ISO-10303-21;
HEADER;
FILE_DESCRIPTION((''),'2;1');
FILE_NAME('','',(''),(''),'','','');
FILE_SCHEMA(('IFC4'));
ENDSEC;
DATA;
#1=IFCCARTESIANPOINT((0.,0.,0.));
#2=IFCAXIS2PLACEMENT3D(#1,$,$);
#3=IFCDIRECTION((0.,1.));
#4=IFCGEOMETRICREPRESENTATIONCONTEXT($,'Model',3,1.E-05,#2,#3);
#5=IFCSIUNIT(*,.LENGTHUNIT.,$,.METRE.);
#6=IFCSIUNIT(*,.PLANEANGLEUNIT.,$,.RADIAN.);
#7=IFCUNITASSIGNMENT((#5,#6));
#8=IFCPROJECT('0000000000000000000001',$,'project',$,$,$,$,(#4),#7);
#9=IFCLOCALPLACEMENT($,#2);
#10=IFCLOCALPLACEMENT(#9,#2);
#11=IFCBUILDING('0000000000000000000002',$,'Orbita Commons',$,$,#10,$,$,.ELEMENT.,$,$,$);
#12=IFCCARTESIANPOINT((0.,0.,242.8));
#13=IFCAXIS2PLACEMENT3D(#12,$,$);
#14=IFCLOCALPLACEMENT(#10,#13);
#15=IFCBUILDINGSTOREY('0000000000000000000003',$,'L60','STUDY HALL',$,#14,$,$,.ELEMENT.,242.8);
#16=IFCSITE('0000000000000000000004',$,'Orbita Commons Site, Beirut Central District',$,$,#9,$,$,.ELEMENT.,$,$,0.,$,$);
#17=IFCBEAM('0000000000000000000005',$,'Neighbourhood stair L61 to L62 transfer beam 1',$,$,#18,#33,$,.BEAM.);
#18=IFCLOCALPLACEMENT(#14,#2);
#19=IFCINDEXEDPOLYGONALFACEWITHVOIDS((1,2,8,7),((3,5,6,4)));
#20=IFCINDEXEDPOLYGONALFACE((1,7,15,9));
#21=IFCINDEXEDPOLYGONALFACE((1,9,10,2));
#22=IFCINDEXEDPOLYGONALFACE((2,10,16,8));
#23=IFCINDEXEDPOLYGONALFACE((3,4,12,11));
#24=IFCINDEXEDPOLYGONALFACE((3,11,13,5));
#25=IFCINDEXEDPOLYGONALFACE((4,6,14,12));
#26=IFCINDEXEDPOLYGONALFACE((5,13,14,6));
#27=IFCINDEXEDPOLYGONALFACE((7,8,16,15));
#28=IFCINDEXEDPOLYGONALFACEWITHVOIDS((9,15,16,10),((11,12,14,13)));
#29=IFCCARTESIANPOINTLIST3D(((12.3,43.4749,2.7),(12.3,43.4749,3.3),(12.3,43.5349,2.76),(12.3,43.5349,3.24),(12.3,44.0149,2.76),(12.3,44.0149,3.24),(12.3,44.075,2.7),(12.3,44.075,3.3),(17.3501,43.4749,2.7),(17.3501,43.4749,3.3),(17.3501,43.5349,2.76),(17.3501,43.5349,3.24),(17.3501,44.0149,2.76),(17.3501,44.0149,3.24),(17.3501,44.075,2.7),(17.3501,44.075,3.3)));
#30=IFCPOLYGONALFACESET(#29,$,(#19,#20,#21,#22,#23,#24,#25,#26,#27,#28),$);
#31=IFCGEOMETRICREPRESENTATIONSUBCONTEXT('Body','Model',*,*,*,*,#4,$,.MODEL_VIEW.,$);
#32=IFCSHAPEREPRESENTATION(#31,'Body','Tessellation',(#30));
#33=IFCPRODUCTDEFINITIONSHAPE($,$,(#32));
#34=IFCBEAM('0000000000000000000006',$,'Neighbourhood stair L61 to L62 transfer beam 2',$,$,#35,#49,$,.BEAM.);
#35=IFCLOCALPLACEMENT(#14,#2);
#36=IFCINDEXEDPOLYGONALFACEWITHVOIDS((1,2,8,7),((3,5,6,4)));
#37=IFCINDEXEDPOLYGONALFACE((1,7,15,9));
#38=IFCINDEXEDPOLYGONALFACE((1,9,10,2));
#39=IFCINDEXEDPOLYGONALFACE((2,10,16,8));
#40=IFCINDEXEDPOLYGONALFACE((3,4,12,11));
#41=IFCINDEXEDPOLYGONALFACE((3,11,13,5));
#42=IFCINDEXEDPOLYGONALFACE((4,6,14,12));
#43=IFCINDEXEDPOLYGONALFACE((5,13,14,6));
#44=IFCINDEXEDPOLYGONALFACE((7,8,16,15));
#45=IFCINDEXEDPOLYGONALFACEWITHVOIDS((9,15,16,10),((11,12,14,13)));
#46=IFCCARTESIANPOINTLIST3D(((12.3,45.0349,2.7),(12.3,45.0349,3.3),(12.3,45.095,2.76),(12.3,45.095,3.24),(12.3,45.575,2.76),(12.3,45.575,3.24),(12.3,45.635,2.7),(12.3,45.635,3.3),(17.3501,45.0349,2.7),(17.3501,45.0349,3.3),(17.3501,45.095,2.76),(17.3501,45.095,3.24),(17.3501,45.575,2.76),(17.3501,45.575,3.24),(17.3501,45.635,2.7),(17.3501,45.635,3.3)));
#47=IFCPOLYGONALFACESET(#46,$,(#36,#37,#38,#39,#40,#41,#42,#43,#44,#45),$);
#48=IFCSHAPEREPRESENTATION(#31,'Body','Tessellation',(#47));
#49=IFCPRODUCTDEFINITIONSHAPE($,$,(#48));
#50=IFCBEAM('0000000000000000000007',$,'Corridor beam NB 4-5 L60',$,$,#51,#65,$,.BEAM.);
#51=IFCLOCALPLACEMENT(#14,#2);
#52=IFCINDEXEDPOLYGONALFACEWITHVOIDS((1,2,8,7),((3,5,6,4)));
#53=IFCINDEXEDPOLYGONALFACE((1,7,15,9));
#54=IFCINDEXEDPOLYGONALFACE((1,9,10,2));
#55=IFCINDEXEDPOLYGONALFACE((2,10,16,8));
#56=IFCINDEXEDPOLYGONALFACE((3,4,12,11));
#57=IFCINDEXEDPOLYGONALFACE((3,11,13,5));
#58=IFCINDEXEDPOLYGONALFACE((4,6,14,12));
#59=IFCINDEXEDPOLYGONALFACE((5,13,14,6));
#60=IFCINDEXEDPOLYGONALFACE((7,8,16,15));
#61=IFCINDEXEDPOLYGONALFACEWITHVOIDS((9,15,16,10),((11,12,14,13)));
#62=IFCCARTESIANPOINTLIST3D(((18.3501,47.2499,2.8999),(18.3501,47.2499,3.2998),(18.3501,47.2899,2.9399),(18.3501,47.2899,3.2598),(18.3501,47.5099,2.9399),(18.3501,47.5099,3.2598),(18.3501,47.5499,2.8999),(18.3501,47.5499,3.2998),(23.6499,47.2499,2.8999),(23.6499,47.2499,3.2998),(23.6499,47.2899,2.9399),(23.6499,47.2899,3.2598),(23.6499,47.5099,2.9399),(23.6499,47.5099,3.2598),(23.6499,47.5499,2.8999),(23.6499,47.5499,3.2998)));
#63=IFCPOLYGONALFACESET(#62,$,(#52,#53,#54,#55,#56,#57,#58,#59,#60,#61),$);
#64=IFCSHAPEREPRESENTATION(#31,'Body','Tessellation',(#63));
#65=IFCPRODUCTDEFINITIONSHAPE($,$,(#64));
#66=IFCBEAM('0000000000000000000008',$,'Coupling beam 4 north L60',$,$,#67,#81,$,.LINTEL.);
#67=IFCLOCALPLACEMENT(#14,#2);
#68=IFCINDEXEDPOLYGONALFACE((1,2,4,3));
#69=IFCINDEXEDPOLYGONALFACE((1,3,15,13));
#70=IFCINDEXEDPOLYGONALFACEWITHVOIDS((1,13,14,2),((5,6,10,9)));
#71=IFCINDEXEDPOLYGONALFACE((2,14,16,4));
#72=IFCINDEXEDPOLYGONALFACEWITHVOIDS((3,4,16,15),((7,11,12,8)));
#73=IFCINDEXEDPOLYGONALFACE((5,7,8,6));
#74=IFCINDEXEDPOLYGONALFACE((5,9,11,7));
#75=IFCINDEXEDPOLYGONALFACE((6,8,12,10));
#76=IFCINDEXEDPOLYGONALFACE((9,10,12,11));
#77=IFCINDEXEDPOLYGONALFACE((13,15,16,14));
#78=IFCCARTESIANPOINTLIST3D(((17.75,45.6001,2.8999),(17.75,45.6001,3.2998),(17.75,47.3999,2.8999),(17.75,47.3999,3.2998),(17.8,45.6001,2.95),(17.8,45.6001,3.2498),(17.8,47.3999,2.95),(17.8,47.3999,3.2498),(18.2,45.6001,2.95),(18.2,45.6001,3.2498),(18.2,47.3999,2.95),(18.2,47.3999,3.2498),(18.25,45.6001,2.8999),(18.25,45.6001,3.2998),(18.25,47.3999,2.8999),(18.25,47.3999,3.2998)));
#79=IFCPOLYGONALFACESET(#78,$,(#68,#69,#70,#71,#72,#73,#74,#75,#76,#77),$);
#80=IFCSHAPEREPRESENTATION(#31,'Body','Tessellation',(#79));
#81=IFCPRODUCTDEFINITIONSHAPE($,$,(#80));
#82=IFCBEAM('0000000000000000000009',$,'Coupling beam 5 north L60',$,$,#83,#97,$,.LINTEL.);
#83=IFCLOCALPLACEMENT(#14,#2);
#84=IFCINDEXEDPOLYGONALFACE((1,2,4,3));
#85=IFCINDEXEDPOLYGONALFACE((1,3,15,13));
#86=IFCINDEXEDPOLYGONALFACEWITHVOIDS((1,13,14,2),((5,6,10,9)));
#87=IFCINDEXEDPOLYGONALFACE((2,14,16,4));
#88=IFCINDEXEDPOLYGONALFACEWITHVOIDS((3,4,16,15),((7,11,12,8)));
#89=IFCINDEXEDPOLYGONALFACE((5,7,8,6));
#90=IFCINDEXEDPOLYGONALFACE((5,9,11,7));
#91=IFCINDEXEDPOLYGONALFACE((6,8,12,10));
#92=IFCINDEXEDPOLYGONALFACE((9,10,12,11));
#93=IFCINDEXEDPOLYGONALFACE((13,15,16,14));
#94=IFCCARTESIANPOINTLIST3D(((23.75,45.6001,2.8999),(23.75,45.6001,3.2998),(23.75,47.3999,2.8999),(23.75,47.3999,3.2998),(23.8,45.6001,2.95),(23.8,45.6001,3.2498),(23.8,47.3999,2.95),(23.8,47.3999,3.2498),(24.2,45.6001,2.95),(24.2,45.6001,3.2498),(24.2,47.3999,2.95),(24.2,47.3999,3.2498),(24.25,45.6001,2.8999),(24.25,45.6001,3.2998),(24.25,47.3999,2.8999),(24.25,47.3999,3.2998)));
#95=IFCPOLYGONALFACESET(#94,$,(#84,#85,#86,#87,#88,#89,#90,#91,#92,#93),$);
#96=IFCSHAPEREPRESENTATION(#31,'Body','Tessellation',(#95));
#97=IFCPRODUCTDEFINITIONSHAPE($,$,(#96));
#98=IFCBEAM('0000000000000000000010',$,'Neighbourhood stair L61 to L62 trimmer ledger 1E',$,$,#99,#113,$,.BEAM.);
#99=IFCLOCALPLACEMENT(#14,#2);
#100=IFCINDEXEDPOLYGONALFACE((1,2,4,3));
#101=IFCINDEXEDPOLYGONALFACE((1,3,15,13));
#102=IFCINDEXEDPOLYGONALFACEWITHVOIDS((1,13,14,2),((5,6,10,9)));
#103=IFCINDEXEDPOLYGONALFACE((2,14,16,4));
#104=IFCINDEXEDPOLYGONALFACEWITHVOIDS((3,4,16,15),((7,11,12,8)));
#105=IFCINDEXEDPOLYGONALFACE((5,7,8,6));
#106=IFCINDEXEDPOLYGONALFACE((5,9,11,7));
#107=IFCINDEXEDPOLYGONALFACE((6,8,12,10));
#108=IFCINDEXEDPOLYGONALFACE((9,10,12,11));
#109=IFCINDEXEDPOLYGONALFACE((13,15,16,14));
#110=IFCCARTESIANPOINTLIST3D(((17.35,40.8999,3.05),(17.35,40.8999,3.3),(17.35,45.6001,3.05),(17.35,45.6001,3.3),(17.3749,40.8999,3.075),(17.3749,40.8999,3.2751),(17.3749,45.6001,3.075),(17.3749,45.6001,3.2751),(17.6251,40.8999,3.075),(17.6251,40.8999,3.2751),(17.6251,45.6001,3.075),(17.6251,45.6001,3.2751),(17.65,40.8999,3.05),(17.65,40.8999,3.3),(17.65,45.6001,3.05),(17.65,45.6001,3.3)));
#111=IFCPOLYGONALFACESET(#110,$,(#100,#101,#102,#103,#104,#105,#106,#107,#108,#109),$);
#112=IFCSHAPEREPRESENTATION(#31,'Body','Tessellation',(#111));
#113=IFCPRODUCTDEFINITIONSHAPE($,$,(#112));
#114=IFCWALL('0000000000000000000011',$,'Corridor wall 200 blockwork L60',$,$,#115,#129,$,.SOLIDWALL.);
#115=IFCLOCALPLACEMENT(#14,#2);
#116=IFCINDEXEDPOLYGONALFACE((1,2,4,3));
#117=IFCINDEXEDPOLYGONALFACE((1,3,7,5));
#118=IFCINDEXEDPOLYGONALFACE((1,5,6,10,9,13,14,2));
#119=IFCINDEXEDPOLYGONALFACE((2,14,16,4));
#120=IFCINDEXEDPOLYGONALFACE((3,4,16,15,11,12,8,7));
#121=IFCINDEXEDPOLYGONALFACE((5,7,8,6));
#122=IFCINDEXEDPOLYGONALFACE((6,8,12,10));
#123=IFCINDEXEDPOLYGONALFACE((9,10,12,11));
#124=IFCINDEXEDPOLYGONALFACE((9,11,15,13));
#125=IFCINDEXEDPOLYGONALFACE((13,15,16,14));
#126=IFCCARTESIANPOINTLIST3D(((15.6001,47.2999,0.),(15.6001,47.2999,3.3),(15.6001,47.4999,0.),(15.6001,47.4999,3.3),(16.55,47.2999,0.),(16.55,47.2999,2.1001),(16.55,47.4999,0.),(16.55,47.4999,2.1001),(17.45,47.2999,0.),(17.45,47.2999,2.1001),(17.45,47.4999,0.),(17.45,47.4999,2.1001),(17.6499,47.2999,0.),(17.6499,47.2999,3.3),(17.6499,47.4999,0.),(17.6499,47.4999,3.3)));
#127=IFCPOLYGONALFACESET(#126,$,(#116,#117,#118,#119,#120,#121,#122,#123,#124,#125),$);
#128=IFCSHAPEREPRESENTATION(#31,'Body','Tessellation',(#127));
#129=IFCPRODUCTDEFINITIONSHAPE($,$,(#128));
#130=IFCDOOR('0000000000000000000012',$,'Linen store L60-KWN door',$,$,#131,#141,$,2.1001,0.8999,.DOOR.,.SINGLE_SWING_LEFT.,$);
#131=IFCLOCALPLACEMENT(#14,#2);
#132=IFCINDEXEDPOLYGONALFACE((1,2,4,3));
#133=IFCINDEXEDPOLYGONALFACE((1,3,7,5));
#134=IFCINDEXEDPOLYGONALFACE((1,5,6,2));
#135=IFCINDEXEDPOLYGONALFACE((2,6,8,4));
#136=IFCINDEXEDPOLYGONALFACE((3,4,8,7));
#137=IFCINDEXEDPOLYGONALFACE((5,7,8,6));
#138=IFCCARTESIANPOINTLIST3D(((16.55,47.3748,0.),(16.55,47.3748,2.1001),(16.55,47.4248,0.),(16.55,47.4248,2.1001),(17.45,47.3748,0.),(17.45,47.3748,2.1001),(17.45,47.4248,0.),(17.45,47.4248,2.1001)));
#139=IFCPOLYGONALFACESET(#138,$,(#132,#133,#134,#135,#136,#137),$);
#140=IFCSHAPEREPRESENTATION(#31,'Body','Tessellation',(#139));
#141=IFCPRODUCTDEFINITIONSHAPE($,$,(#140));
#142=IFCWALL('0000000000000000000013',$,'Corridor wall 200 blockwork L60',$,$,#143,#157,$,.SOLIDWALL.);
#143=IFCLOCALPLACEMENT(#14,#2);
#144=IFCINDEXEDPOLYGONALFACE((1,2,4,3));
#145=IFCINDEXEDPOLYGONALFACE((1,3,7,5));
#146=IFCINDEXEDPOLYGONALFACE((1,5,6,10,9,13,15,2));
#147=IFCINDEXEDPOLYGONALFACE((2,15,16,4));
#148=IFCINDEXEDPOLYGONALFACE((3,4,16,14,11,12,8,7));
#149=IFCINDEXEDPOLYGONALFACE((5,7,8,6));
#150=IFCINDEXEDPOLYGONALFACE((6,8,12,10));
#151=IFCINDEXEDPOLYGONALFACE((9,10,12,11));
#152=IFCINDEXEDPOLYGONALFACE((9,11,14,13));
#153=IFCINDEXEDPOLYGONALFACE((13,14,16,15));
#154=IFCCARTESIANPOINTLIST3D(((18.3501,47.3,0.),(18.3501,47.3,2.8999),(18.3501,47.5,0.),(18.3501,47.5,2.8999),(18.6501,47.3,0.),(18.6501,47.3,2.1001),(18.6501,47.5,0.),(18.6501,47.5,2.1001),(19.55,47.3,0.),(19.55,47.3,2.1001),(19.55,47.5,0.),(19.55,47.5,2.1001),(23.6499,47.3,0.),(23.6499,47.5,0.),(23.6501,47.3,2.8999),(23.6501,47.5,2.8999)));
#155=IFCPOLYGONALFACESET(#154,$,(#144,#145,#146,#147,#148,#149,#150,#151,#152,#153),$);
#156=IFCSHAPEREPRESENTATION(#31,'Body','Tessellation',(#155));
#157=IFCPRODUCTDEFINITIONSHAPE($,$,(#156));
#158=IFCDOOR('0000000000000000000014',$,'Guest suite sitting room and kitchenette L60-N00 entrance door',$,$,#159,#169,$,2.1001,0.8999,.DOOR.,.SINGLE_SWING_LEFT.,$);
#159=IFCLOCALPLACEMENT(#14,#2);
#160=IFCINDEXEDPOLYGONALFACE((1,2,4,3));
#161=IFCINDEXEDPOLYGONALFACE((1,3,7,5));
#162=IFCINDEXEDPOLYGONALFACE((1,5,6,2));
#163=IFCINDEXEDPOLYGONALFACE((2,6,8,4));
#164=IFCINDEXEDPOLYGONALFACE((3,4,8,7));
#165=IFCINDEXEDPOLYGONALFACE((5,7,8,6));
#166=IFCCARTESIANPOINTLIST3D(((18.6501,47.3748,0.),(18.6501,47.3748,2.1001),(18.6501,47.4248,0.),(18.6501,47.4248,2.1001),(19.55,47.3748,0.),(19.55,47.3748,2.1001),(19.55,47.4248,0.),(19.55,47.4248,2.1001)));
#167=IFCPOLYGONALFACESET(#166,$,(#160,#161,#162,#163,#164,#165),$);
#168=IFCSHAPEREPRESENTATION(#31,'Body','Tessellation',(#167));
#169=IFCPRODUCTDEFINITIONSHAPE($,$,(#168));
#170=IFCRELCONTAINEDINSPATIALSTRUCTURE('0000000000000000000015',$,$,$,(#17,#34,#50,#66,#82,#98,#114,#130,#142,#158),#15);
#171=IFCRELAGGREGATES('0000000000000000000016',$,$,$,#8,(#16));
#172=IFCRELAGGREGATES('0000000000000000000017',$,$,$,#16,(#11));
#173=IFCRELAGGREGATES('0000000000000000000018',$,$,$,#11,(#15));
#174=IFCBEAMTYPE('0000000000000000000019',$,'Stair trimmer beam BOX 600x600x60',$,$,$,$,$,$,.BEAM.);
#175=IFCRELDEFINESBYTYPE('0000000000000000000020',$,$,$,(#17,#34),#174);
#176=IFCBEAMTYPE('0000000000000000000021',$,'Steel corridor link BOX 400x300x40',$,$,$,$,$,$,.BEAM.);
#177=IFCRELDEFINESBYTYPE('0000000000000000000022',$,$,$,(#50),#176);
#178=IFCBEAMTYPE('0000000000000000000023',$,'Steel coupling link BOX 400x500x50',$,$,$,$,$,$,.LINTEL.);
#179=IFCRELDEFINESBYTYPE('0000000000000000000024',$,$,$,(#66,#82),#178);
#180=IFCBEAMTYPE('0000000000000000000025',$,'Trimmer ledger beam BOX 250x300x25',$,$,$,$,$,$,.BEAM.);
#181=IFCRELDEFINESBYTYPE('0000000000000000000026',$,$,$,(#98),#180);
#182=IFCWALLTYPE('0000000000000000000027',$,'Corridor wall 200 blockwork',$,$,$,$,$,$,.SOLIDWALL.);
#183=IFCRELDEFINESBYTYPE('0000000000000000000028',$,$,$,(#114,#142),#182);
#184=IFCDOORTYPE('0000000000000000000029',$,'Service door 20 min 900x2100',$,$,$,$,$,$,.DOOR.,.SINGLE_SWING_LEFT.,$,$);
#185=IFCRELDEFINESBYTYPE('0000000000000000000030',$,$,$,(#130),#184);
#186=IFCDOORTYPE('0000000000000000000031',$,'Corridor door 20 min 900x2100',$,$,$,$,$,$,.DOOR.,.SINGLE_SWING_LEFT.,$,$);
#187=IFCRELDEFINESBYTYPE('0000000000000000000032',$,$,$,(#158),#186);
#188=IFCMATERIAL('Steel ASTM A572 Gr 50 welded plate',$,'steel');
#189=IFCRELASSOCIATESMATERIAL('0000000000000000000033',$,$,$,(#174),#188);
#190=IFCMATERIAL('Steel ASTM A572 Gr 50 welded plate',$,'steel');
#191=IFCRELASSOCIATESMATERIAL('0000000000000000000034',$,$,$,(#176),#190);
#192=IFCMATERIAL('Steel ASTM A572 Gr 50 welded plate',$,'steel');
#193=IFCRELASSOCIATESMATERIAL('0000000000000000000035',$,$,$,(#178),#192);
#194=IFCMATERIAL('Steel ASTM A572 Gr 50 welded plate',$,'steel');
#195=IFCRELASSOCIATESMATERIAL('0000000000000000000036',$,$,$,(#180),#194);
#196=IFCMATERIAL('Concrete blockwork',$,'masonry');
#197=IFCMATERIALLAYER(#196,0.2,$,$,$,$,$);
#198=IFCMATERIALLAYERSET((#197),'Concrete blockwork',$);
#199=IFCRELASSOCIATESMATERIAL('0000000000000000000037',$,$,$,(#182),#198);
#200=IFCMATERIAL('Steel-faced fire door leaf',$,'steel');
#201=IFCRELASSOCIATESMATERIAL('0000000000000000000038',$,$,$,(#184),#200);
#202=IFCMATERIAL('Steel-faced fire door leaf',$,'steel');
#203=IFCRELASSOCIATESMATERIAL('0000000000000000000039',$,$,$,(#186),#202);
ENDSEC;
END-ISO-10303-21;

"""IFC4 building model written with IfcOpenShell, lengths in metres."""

from ifc_helpers import new_model, si_unit, direction, frame, frame_2d, origin, origin_2d, place, context, subcontext, project, spatial, polyline, rectangle, hollow_rectangle, outline, extrude, material, layer, layer_set, material_profile, profile_set, type_object, element, fill, save


model = new_model("IFC4")

# Units and contexts
model_context = context("Model", 3, precision=1e-05, world=origin(), true_north=direction((0.0, 1.0)))
body_context = subcontext(model_context, "Body", "Model", "MODEL_VIEW")
ifc_project = project(units=[si_unit("LENGTHUNIT", "METRE"), si_unit("PLANEANGLEUNIT", "RADIAN")], contexts=[model_context])

# Site, building, storey
site_placement = place(None, origin())
site = spatial("IfcSite", under=ifc_project, at=site_placement, Name="Orbita Commons Site, Beirut Central District", CompositionType="ELEMENT", RefElevation=0.0)
building_placement = place(site_placement, origin())
building = spatial("IfcBuilding", under=site, at=building_placement, Name="Orbita Commons", CompositionType="ELEMENT")
storey_placement = place(building_placement, frame((0.0, 0.0, 242.8)))
storey = spatial("IfcBuildingStorey", under=building, at=storey_placement, Name="L60", Description="STUDY HALL", CompositionType="ELEMENT", Elevation=242.8)

# Beams
ifc_material_1 = material(Name="Steel ASTM A572 Gr 50 welded plate", Category="steel")
ifc_material_profile_1 = material_profile(ifc_material_1, hollow_rectangle(XDim=0.6001, YDim=0.6001, WallThickness=0.0601, at=origin_2d()), Name="BOX 600x600x60")
ifc_profile_set_1 = profile_set([ifc_material_profile_1], Name="Steel ASTM A572 Gr 50 welded plate")
beam_type_1 = type_object("IfcBeamType", Name="Stair trimmer beam BOX 600x600x60", PredefinedType="BEAM", material=ifc_profile_set_1)
for number, where, z_axis, x_axis, name in (
    (1, (12.3, 43.7749, 3.0), (1.0, 0.0, 0.0), (0.0, 1.0, 0.0), "Neighbourhood stair L61 to L62 transfer beam 1"),
    (2, (12.3, 45.335, 3.0), (1.0, 0.0, 0.0), (0.0, 1.0, 0.0), "Neighbourhood stair L61 to L62 transfer beam 2"),
):
    element("IfcBeam", number, at=place(storey_placement, frame(where, z_axis=z_axis, x_axis=x_axis)), inside=storey, type_object=beam_type_1, Name=name, PredefinedType="BEAM", context=body_context, shape_type="SweptSolid", body=[
        extrude(hollow_rectangle(XDim=0.6001, YDim=0.6001, WallThickness=0.0601, at=origin_2d()), origin(), (0.0, 0.0, 1.0), 5.05),
    ])
ifc_material_2 = material(Name="Steel ASTM A572 Gr 50 welded plate", Category="steel")
ifc_material_profile_2 = material_profile(ifc_material_2, hollow_rectangle(XDim=0.3, YDim=0.3999, WallThickness=0.04, at=origin_2d()), Name="BOX 400x300x40")
ifc_profile_set_2 = profile_set([ifc_material_profile_2], Name="Steel ASTM A572 Gr 50 welded plate")
beam_type_2 = type_object("IfcBeamType", Name="Steel corridor link BOX 400x300x40", PredefinedType="BEAM", material=ifc_profile_set_2)
beam_1_placement = place(storey_placement, frame((18.3501, 47.3999, 3.0999), z_axis=(1.0, 0.0, 0.0), x_axis=(0.0, 1.0, 0.0)))
element("IfcBeam", 3, at=beam_1_placement, inside=storey, type_object=beam_type_2, Name="Corridor beam NB 4-5 L60", PredefinedType="BEAM", context=body_context, shape_type="SweptSolid", body=[
    extrude(hollow_rectangle(XDim=0.3, YDim=0.3999, WallThickness=0.04, at=origin_2d()), origin(), (0.0, 0.0, 1.0), 5.2998),
])
ifc_material_3 = material(Name="Steel ASTM A572 Gr 50 welded plate", Category="steel")
ifc_material_profile_3 = material_profile(ifc_material_3, hollow_rectangle(XDim=0.5, YDim=0.3999, WallThickness=0.05, at=origin_2d()), Name="BOX 400x500x50")
ifc_profile_set_3 = profile_set([ifc_material_profile_3], Name="Steel ASTM A572 Gr 50 welded plate")
beam_type_3 = type_object("IfcBeamType", Name="Steel coupling link BOX 400x500x50", PredefinedType="LINTEL", material=ifc_profile_set_3)
for number, where, z_axis, x_axis, name in (
    (4, (18.0, 45.6001, 3.0999), (0.0, 1.0, 0.0), (-1.0, 0.0, 0.0), "Coupling beam 4 north L60"),
    (5, (24.0, 45.6001, 3.0999), (0.0, 1.0, 0.0), (-1.0, 0.0, 0.0), "Coupling beam 5 north L60"),
):
    element("IfcBeam", number, at=place(storey_placement, frame(where, z_axis=z_axis, x_axis=x_axis)), inside=storey, type_object=beam_type_3, Name=name, PredefinedType="LINTEL", context=body_context, shape_type="SweptSolid", body=[
        extrude(hollow_rectangle(XDim=0.5, YDim=0.3999, WallThickness=0.05, at=origin_2d()), origin(), (0.0, 0.0, 1.0), 1.7998),
    ])
ifc_material_4 = material(Name="Steel ASTM A572 Gr 50 welded plate", Category="steel")
ifc_material_profile_4 = material_profile(ifc_material_4, hollow_rectangle(XDim=0.3, YDim=0.25, WallThickness=0.0249, at=origin_2d()), Name="BOX 250x300x25")
ifc_profile_set_4 = profile_set([ifc_material_profile_4], Name="Steel ASTM A572 Gr 50 welded plate")
beam_type_4 = type_object("IfcBeamType", Name="Trimmer ledger beam BOX 250x300x25", PredefinedType="BEAM", material=ifc_profile_set_4)
beam_2_placement = place(storey_placement, frame((17.5, 40.8999, 3.175), z_axis=(0.0, 1.0, 0.0), x_axis=(-1.0, 0.0, 0.0)))
element("IfcBeam", 6, at=beam_2_placement, inside=storey, type_object=beam_type_4, Name="Neighbourhood stair L61 to L62 trimmer ledger 1E", PredefinedType="BEAM", context=body_context, shape_type="SweptSolid", body=[
    extrude(hollow_rectangle(XDim=0.3, YDim=0.25, WallThickness=0.0249, at=origin_2d()), origin(), (0.0, 0.0, 1.0), 4.7002),
])

# Walls, openings, doors
ifc_material_5 = material(Name="Concrete blockwork", Category="masonry")
ifc_layer_1 = layer(ifc_material_5, 0.2)
ifc_layer_set_1 = layer_set([ifc_layer_1], Name="Concrete blockwork")
wall_type_1 = type_object("IfcWallType", Name="Corridor wall 200 blockwork", PredefinedType="SOLIDWALL", material=ifc_layer_set_1)
wall_1_placement = place(storey_placement, frame((15.6001, 47.3999, 0.0), z_axis=(0.0, 0.0, 1.0), x_axis=(1.0, 0.0, 0.0)))
wall_1 = element("IfcWall", 7, at=wall_1_placement, inside=storey, type_object=wall_type_1, Name="Corridor wall 200 blockwork L60", PredefinedType="SOLIDWALL", context=body_context, shape_type="SweptSolid", body=[
    extrude(rectangle(XDim=2.0498, YDim=0.2, at=frame_2d((1.0249, 0.0))), origin(), (0.0, 0.0, 1.0), 3.3),
])
opening_1_placement = place(wall_1_placement, frame((0.95, 0.0, 0.0)))
opening_1 = element("IfcOpeningElement", 8, at=opening_1_placement, cuts=wall_1, PredefinedType="OPENING", context=body_context, shape_type="SweptSolid", body=[
    extrude(rectangle(XDim=0.8999, YDim=2.1001, at=frame_2d((0.45, 1.05))), frame((0.0, 0.1099, 0.0), z_axis=(0.0, -1.0, 0.0), x_axis=(1.0, 0.0, 0.0)), (0.0, 0.0, 1.0), 0.22),
])
ifc_material_6 = material(Name="Steel-faced fire door leaf", Category="steel")
door_type_1 = type_object("IfcDoorType", Name="Service door 20 min 900x2100", OperationType="SINGLE_SWING_LEFT", PredefinedType="DOOR", material=ifc_material_6)
door_1_placement = place(opening_1_placement, origin())
door_1 = element("IfcDoor", 9, at=door_1_placement, inside=storey, type_object=door_type_1, Name="Linen store L60-KWN door", OperationType="SINGLE_SWING_LEFT", OverallHeight=2.1001, OverallWidth=0.8999, PredefinedType="DOOR", context=body_context, shape_type="SweptSolid", body=[
    extrude(rectangle(XDim=0.8999, YDim=2.1001, at=frame_2d((0.45, 1.05))), frame((0.0, 0.0249, 0.0), z_axis=(0.0, -1.0, 0.0), x_axis=(1.0, 0.0, 0.0)), (0.0, 0.0, 1.0), 0.05),
])
fill(opening_1, door_1)
wall_2_placement = place(storey_placement, frame((18.3501, 47.3999, 0.0), z_axis=(0.0, 0.0, 1.0), x_axis=(1.0, 0.0, 0.0)))
wall_2 = element("IfcWall", 10, at=wall_2_placement, inside=storey, type_object=wall_type_1, Name="Corridor wall 200 blockwork L60", PredefinedType="SOLIDWALL", context=body_context, shape_type="SweptSolid", body=[
    extrude(outline(polyline([(0.0, 0.0), (5.2998, 0.0), (5.3, 2.8999), (0.0, 2.8999), (0.0, 0.0)])), frame((0.0, 0.1001, 0.0), z_axis=(0.0, -1.0, 0.0), x_axis=(1.0, 0.0, 0.0)), (0.0, 0.0, 1.0), 0.2),
])
opening_2_placement = place(wall_2_placement, frame((0.3, 0.0, 0.0)))
opening_2 = element("IfcOpeningElement", 11, at=opening_2_placement, cuts=wall_2, PredefinedType="OPENING", context=body_context, shape_type="SweptSolid", body=[
    extrude(rectangle(XDim=0.8999, YDim=2.1001, at=frame_2d((0.45, 1.05))), frame((0.0, 0.1099, 0.0), z_axis=(0.0, -1.0, 0.0), x_axis=(1.0, 0.0, 0.0)), (0.0, 0.0, 1.0), 0.22),
])
ifc_material_7 = material(Name="Steel-faced fire door leaf", Category="steel")
door_type_2 = type_object("IfcDoorType", Name="Corridor door 20 min 900x2100", OperationType="SINGLE_SWING_LEFT", PredefinedType="DOOR", material=ifc_material_7)
door_2_placement = place(opening_2_placement, origin())
door_2 = element("IfcDoor", 12, at=door_2_placement, inside=storey, type_object=door_type_2, Name="Guest suite sitting room and kitchenette L60-N00 entrance door", OperationType="SINGLE_SWING_LEFT", OverallHeight=2.1001, OverallWidth=0.8999, PredefinedType="DOOR", context=body_context, shape_type="SweptSolid", body=[
    extrude(rectangle(XDim=0.8999, YDim=2.1001, at=frame_2d((0.45, 1.05))), frame((0.0, 0.0249, 0.0), z_axis=(0.0, -1.0, 0.0), x_axis=(1.0, 0.0, 0.0)), (0.0, 0.0, 1.0), 0.05),
])
fill(opening_2, door_2)

save(model, "model.ifc")
